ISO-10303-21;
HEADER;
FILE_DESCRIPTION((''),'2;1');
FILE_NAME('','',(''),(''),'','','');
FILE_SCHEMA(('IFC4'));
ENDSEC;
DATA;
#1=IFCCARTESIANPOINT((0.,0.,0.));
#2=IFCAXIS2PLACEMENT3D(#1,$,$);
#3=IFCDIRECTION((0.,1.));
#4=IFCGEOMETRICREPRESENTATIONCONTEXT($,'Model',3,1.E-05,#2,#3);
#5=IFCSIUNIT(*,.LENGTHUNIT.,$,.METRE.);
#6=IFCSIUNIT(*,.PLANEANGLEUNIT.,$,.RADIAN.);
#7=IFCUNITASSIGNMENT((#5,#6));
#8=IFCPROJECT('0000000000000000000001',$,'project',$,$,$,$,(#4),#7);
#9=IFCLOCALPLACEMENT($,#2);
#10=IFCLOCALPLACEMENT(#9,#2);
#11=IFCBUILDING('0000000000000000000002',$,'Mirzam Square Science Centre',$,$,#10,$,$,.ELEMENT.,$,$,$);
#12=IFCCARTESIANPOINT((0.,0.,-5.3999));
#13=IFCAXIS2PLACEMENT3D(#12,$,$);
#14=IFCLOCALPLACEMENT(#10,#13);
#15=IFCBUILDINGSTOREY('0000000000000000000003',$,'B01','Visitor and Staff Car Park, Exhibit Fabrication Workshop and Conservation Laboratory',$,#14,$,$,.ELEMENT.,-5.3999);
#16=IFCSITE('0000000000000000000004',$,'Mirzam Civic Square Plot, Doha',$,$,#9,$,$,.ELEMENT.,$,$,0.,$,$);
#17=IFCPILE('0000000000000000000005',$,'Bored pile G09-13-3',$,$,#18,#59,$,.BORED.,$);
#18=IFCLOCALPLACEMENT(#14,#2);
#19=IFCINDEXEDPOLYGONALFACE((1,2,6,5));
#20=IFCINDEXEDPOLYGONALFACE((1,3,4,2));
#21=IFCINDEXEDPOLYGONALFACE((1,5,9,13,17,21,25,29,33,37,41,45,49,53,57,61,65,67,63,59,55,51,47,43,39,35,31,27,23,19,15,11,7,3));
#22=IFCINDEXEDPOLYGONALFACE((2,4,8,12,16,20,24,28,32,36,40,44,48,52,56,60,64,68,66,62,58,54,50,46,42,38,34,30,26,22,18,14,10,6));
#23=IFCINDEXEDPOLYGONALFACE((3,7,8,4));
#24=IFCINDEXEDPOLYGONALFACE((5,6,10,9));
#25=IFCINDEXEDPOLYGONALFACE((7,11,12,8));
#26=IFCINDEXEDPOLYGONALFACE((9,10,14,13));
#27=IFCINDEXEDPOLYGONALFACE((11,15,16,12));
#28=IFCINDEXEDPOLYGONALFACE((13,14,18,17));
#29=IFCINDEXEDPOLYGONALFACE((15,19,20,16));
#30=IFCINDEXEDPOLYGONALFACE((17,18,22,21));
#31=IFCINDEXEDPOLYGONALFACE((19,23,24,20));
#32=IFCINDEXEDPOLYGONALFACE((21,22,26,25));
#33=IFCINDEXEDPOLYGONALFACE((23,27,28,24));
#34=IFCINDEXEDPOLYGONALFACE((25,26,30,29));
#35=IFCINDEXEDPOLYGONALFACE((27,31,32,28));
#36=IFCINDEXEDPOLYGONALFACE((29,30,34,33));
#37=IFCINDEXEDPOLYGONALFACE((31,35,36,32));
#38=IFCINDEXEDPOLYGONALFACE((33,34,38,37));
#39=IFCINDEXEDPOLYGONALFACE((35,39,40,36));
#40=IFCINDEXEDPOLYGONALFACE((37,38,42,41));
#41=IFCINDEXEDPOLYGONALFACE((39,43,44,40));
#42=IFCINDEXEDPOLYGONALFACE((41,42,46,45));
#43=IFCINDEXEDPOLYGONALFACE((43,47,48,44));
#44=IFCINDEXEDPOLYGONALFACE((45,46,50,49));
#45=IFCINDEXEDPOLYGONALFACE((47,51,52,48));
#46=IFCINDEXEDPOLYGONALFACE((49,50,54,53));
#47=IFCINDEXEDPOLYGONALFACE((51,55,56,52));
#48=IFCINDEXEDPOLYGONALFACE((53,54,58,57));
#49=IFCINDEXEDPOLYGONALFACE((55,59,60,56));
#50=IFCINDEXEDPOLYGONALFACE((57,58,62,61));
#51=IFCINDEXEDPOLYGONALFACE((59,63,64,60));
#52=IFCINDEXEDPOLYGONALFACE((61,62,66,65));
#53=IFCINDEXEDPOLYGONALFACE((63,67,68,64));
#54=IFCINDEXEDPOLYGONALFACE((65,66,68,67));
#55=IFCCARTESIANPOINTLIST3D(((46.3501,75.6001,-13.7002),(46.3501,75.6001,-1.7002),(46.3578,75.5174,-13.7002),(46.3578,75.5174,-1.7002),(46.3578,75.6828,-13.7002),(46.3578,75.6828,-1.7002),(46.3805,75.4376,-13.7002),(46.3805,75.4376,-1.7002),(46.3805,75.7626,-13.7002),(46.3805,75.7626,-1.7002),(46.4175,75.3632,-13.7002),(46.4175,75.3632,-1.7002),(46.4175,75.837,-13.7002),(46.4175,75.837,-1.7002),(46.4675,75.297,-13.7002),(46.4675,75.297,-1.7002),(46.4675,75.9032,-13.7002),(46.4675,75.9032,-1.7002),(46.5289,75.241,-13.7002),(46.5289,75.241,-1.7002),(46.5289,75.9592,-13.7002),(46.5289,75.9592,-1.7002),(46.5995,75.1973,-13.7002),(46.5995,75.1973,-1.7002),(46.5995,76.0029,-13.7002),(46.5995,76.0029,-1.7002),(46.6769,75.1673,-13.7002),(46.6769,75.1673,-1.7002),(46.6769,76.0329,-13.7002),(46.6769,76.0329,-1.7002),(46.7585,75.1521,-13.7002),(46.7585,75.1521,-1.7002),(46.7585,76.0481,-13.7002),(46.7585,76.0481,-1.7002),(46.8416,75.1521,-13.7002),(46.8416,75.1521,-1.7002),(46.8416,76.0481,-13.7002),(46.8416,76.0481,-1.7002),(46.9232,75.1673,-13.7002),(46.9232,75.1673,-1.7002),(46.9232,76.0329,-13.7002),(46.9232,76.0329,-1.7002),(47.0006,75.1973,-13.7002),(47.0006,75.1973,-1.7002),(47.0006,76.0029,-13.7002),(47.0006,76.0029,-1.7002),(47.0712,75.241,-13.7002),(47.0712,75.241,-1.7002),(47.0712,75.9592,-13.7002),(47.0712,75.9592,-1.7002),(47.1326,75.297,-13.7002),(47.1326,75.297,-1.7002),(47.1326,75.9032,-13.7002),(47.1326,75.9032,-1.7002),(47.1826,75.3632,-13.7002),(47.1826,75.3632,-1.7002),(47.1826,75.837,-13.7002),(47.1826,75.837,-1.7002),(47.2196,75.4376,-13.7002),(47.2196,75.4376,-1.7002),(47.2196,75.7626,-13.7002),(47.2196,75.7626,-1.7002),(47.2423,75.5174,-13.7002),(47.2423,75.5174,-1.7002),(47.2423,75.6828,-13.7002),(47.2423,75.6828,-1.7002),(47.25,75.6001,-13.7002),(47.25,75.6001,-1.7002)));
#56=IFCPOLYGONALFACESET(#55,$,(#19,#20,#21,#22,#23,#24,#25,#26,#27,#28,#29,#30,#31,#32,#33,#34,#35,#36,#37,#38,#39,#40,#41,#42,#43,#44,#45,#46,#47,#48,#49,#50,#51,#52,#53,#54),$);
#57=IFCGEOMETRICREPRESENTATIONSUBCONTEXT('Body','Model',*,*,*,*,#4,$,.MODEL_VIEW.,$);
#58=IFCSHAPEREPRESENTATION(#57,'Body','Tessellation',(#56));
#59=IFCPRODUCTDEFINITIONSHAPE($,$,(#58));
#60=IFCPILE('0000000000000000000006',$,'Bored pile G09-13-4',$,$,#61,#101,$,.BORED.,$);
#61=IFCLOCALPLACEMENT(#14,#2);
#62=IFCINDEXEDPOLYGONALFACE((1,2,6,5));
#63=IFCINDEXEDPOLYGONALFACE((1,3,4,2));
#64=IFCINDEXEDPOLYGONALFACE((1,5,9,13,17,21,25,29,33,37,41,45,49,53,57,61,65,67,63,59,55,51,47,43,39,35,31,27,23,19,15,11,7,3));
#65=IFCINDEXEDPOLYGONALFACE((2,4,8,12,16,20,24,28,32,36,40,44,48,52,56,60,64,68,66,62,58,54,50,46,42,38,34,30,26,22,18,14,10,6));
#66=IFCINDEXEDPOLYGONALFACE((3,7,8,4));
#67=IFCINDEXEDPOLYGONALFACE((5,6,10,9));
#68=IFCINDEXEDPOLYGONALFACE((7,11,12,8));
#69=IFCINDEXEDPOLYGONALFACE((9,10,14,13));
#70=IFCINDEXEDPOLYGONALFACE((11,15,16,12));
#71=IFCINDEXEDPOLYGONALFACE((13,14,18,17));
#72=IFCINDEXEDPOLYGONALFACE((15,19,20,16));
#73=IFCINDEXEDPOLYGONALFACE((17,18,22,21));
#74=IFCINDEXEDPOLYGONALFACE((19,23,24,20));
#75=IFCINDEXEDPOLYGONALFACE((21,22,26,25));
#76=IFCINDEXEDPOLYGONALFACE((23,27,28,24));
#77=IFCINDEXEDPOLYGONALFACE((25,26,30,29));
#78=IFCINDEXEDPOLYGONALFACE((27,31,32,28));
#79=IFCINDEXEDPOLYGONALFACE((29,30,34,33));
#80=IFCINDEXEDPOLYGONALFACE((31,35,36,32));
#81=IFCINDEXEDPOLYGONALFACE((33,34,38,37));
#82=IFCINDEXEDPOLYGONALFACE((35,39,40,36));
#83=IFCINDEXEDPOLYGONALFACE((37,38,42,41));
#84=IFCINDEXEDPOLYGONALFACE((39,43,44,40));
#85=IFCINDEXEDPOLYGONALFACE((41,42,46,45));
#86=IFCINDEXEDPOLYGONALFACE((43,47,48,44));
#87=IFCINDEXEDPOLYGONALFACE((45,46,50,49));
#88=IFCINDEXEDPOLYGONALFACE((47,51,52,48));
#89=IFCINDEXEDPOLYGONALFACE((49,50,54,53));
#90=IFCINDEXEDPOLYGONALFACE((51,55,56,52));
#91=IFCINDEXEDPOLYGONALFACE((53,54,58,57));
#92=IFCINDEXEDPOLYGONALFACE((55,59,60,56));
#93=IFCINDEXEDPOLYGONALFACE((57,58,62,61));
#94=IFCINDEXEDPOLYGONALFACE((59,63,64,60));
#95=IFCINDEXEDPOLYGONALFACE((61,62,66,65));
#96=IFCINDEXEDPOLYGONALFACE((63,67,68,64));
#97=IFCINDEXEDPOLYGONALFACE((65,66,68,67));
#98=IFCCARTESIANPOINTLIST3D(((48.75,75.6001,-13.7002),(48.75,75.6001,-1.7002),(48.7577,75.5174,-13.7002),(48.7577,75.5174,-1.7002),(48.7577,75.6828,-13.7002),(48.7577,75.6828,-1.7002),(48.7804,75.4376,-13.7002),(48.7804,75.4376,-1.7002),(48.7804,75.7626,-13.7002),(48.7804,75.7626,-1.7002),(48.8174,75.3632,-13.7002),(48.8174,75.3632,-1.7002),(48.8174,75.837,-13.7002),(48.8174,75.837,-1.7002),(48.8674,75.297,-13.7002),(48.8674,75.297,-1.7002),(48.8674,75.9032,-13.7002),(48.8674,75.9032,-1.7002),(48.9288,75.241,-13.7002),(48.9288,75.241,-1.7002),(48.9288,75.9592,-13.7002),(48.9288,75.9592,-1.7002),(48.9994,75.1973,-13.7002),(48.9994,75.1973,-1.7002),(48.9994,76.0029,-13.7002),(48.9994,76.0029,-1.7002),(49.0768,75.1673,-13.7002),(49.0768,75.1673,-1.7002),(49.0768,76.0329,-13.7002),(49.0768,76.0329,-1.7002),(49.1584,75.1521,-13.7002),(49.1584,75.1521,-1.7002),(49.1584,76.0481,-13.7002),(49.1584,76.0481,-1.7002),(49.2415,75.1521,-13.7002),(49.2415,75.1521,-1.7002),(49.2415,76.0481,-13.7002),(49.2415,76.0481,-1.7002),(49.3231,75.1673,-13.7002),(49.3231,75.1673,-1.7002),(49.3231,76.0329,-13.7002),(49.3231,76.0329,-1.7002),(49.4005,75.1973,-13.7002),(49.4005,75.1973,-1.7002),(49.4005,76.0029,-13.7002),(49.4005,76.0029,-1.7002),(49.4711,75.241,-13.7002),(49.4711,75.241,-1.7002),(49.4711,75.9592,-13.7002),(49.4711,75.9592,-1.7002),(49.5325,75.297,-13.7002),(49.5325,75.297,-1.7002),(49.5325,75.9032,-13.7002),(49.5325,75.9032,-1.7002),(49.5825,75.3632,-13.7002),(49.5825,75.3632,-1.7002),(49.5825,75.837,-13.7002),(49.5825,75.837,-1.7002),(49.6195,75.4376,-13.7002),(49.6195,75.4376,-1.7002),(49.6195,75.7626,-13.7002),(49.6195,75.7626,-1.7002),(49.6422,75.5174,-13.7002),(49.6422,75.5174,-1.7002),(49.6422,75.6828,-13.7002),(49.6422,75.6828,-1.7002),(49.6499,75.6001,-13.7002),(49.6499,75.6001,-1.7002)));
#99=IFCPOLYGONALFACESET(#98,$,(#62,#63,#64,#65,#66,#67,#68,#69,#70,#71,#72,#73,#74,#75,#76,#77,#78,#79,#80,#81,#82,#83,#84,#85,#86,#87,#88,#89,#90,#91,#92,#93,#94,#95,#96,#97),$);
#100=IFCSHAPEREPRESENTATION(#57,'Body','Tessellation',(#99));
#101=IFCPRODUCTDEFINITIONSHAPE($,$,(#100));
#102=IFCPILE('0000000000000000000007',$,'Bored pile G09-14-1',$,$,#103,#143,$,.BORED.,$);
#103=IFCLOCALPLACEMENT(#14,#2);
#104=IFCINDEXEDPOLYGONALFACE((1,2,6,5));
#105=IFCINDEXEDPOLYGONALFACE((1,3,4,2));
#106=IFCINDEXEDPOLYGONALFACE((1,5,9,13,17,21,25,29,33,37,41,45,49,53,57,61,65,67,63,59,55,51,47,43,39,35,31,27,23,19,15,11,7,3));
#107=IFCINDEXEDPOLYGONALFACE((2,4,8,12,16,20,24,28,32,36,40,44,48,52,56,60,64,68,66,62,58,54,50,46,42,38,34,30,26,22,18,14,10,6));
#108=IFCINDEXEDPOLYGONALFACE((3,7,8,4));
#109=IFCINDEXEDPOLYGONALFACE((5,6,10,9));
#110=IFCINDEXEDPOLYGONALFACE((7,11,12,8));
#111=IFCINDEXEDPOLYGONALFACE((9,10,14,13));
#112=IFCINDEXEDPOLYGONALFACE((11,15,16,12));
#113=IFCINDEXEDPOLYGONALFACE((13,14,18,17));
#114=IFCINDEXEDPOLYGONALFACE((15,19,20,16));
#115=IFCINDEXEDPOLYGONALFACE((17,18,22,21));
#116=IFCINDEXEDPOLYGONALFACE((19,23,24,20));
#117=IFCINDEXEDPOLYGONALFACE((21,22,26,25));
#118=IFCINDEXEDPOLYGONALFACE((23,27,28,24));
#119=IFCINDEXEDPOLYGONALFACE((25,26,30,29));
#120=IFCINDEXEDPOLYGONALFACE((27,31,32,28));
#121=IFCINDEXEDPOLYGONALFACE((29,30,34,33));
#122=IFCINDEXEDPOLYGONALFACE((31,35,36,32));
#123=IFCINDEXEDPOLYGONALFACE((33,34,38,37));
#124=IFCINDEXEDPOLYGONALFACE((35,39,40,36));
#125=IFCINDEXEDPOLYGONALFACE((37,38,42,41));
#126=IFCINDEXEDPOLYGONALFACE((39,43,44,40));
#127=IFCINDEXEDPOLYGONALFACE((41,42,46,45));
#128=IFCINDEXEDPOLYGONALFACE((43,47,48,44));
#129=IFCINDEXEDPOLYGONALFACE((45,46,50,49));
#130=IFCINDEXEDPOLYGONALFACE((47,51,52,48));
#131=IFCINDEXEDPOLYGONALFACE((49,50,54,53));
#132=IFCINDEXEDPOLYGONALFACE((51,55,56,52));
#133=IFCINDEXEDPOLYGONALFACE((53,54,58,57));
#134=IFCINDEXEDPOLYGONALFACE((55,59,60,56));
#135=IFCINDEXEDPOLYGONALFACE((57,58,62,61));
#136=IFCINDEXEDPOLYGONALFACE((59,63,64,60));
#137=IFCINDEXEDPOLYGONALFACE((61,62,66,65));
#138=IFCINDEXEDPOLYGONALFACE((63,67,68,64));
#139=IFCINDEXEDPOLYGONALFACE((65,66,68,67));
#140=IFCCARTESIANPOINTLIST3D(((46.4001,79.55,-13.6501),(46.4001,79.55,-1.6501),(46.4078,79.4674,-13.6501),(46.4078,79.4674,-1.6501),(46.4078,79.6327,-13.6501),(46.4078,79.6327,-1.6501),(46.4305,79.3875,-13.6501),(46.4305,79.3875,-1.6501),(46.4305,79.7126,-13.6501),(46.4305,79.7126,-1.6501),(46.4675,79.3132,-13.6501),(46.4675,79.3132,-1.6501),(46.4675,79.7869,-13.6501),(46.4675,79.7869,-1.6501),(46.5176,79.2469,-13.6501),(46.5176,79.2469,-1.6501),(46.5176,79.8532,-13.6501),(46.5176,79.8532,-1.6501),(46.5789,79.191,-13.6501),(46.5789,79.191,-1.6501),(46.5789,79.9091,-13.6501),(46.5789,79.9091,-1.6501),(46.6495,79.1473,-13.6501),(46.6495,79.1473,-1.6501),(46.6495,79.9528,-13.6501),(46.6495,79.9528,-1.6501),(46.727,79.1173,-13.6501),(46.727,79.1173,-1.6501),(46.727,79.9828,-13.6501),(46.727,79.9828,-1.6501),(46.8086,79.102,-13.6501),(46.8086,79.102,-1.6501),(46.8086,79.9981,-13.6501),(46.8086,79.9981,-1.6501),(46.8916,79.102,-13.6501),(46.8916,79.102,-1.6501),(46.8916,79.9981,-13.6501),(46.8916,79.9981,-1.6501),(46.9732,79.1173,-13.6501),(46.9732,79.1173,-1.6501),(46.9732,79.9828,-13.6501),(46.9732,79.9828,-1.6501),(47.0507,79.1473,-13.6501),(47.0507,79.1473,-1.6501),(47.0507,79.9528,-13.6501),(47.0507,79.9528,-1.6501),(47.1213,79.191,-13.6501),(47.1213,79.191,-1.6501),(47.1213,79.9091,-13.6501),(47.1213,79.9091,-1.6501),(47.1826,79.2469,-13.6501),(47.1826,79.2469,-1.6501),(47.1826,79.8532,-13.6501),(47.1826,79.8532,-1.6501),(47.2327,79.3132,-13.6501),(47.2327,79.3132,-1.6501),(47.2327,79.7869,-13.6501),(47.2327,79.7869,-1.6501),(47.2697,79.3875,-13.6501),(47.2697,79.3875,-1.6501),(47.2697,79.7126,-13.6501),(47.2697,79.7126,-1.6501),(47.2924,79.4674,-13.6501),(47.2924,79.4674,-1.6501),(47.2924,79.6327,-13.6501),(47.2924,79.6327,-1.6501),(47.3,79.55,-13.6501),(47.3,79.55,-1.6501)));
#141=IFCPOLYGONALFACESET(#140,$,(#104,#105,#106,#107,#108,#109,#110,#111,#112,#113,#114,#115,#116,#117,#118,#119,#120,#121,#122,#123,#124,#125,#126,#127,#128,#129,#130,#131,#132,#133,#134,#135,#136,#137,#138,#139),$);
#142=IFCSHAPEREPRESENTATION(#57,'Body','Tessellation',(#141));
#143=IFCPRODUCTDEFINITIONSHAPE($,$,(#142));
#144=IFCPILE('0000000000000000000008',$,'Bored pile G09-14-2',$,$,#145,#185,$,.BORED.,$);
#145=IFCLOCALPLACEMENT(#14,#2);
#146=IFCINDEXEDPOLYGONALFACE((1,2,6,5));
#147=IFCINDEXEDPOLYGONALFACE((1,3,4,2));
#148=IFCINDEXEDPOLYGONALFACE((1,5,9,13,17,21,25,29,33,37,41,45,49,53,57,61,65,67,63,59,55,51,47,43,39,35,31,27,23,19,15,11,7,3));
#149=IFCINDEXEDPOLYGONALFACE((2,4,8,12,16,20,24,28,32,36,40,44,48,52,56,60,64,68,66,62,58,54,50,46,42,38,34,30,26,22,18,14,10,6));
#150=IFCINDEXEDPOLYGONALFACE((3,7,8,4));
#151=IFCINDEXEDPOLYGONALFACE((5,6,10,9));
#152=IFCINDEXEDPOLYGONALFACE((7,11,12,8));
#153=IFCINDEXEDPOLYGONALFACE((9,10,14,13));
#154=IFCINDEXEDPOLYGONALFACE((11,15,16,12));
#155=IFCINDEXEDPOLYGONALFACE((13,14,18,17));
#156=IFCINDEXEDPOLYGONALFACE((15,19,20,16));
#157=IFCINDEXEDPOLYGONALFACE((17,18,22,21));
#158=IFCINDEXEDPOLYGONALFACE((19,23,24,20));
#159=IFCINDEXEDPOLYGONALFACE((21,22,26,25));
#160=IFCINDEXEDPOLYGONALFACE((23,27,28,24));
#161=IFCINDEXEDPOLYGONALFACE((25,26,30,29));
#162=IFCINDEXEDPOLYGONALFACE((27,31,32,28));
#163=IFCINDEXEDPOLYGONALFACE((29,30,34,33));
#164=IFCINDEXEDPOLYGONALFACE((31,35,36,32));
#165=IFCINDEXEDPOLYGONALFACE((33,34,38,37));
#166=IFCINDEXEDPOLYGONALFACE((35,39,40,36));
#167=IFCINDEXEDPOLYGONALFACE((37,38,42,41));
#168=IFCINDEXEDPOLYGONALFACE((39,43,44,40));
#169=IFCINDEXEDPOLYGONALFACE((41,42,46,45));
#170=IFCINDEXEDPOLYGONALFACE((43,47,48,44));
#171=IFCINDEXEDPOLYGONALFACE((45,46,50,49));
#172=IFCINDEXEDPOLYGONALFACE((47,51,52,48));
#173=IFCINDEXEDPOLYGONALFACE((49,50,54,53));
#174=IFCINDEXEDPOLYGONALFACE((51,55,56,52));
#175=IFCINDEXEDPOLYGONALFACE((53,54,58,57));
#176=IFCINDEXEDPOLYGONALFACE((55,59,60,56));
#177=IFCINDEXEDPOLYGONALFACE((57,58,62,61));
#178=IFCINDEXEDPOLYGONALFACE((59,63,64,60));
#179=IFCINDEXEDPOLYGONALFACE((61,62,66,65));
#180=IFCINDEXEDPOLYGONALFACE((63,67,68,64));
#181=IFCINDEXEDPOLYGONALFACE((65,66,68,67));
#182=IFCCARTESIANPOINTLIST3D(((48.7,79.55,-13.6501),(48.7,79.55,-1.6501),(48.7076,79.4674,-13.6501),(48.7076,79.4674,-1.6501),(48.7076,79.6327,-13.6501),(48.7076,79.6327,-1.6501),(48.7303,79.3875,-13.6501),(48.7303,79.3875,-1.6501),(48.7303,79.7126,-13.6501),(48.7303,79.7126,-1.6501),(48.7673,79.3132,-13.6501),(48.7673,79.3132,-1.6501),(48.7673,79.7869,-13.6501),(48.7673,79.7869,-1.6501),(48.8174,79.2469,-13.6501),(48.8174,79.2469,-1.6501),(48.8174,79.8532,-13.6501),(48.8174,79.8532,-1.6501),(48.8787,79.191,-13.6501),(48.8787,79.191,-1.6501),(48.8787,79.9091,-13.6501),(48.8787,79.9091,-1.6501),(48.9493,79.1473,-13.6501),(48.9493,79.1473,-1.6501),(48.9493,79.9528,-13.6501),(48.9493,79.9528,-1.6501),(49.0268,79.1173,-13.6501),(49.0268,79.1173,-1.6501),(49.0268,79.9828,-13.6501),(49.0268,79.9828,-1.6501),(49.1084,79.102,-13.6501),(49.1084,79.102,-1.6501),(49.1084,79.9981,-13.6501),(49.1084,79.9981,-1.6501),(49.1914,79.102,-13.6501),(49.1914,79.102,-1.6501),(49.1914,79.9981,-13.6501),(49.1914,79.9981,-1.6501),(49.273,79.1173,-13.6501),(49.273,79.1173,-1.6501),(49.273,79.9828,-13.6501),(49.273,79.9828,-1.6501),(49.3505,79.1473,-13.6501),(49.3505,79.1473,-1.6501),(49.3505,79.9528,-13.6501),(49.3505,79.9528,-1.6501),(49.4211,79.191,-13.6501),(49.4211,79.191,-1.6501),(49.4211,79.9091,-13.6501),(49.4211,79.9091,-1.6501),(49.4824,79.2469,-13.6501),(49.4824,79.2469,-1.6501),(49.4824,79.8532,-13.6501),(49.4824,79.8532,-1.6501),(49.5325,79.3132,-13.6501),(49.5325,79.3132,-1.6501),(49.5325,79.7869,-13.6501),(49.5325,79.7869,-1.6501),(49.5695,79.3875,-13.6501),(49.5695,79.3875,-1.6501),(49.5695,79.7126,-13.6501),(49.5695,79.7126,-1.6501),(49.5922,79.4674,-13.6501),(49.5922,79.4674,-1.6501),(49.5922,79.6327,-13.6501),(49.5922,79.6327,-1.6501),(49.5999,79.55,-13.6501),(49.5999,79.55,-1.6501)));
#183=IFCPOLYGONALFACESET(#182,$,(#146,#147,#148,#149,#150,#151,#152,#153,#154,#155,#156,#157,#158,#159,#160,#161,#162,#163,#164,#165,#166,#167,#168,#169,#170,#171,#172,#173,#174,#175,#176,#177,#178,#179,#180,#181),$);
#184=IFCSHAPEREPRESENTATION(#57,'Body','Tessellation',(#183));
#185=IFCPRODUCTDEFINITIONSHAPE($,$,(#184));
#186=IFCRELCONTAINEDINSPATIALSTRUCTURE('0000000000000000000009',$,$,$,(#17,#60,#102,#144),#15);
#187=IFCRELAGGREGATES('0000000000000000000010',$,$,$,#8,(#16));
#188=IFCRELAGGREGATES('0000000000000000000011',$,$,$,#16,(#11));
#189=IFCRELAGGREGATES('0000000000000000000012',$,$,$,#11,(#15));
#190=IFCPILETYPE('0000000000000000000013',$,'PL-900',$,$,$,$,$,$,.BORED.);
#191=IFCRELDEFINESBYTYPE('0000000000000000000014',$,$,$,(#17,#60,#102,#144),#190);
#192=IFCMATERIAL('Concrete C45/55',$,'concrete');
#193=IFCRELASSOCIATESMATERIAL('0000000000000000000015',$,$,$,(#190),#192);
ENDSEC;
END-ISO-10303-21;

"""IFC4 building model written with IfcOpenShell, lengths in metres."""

from ifc_helpers import new_model, si_unit, direction, frame, origin, origin_2d, place, context, subcontext, project, spatial, circle, extrude, material, material_profile, profile_set, type_object, element, save


model = new_model("IFC4")

# Units and contexts
model_context = context("Model", 3, precision=1e-05, world=origin(), true_north=direction((0.0, 1.0)))
body_context = subcontext(model_context, "Body", "Model", "MODEL_VIEW")
ifc_project = project(units=[si_unit("LENGTHUNIT", "METRE"), si_unit("PLANEANGLEUNIT", "RADIAN")], contexts=[model_context])

# Site, building, storey
site_placement = place(None, origin())
site = spatial("IfcSite", under=ifc_project, at=site_placement, Name="Mirzam Civic Square Plot, Doha", CompositionType="ELEMENT", RefElevation=0.0)
building_placement = place(site_placement, origin())
building = spatial("IfcBuilding", under=site, at=building_placement, Name="Mirzam Square Science Centre", CompositionType="ELEMENT")
storey_placement = place(building_placement, frame((0.0, 0.0, -5.3999)))
storey = spatial("IfcBuildingStorey", under=building, at=storey_placement, Name="B01", Description="Visitor and Staff Car Park, Exhibit Fabrication Workshop and Conservation Laboratory", CompositionType="ELEMENT", Elevation=-5.3999)

# Shared definitions
ifc_material = material(Name="Concrete C45/55", Category="concrete")

# Piles
ifc_material_profile_1 = material_profile(ifc_material, circle(Radius=0.45, at=origin_2d()), Name="PILE-D900")
ifc_profile_set_1 = profile_set([ifc_material_profile_1], Name="Concrete C45/55")
pile_type = type_object("IfcPileType", Name="PL-900", PredefinedType="BORED", material=ifc_profile_set_1)
for number, where, z_axis, x_axis, name in (
    (1, (46.8, 75.6001, -1.7002), (0.0, 0.0, -1.0), (1.0, 0.0, 0.0), "Bored pile G09-13-3"),
    (2, (49.2, 75.6001, -1.7002), (0.0, 0.0, -1.0), (1.0, 0.0, 0.0), "Bored pile G09-13-4"),
    (3, (46.8501, 79.55, -1.6501), (0.0, 0.0, -1.0), (1.0, 0.0, 0.0), "Bored pile G09-14-1"),
    (4, (49.1499, 79.55, -1.6501), (0.0, 0.0, -1.0), (1.0, 0.0, 0.0), "Bored pile G09-14-2"),
):
    element("IfcPile", number, at=place(storey_placement, frame(where, z_axis=z_axis, x_axis=x_axis)), inside=storey, type_object=pile_type, Name=name, PredefinedType="BORED", context=body_context, shape_type="SweptSolid", body=[
        extrude(circle(Radius=0.45, at=origin_2d()), origin(), (0.0, 0.0, 1.0), 12.0),
    ])

save(model, "model.ifc")
